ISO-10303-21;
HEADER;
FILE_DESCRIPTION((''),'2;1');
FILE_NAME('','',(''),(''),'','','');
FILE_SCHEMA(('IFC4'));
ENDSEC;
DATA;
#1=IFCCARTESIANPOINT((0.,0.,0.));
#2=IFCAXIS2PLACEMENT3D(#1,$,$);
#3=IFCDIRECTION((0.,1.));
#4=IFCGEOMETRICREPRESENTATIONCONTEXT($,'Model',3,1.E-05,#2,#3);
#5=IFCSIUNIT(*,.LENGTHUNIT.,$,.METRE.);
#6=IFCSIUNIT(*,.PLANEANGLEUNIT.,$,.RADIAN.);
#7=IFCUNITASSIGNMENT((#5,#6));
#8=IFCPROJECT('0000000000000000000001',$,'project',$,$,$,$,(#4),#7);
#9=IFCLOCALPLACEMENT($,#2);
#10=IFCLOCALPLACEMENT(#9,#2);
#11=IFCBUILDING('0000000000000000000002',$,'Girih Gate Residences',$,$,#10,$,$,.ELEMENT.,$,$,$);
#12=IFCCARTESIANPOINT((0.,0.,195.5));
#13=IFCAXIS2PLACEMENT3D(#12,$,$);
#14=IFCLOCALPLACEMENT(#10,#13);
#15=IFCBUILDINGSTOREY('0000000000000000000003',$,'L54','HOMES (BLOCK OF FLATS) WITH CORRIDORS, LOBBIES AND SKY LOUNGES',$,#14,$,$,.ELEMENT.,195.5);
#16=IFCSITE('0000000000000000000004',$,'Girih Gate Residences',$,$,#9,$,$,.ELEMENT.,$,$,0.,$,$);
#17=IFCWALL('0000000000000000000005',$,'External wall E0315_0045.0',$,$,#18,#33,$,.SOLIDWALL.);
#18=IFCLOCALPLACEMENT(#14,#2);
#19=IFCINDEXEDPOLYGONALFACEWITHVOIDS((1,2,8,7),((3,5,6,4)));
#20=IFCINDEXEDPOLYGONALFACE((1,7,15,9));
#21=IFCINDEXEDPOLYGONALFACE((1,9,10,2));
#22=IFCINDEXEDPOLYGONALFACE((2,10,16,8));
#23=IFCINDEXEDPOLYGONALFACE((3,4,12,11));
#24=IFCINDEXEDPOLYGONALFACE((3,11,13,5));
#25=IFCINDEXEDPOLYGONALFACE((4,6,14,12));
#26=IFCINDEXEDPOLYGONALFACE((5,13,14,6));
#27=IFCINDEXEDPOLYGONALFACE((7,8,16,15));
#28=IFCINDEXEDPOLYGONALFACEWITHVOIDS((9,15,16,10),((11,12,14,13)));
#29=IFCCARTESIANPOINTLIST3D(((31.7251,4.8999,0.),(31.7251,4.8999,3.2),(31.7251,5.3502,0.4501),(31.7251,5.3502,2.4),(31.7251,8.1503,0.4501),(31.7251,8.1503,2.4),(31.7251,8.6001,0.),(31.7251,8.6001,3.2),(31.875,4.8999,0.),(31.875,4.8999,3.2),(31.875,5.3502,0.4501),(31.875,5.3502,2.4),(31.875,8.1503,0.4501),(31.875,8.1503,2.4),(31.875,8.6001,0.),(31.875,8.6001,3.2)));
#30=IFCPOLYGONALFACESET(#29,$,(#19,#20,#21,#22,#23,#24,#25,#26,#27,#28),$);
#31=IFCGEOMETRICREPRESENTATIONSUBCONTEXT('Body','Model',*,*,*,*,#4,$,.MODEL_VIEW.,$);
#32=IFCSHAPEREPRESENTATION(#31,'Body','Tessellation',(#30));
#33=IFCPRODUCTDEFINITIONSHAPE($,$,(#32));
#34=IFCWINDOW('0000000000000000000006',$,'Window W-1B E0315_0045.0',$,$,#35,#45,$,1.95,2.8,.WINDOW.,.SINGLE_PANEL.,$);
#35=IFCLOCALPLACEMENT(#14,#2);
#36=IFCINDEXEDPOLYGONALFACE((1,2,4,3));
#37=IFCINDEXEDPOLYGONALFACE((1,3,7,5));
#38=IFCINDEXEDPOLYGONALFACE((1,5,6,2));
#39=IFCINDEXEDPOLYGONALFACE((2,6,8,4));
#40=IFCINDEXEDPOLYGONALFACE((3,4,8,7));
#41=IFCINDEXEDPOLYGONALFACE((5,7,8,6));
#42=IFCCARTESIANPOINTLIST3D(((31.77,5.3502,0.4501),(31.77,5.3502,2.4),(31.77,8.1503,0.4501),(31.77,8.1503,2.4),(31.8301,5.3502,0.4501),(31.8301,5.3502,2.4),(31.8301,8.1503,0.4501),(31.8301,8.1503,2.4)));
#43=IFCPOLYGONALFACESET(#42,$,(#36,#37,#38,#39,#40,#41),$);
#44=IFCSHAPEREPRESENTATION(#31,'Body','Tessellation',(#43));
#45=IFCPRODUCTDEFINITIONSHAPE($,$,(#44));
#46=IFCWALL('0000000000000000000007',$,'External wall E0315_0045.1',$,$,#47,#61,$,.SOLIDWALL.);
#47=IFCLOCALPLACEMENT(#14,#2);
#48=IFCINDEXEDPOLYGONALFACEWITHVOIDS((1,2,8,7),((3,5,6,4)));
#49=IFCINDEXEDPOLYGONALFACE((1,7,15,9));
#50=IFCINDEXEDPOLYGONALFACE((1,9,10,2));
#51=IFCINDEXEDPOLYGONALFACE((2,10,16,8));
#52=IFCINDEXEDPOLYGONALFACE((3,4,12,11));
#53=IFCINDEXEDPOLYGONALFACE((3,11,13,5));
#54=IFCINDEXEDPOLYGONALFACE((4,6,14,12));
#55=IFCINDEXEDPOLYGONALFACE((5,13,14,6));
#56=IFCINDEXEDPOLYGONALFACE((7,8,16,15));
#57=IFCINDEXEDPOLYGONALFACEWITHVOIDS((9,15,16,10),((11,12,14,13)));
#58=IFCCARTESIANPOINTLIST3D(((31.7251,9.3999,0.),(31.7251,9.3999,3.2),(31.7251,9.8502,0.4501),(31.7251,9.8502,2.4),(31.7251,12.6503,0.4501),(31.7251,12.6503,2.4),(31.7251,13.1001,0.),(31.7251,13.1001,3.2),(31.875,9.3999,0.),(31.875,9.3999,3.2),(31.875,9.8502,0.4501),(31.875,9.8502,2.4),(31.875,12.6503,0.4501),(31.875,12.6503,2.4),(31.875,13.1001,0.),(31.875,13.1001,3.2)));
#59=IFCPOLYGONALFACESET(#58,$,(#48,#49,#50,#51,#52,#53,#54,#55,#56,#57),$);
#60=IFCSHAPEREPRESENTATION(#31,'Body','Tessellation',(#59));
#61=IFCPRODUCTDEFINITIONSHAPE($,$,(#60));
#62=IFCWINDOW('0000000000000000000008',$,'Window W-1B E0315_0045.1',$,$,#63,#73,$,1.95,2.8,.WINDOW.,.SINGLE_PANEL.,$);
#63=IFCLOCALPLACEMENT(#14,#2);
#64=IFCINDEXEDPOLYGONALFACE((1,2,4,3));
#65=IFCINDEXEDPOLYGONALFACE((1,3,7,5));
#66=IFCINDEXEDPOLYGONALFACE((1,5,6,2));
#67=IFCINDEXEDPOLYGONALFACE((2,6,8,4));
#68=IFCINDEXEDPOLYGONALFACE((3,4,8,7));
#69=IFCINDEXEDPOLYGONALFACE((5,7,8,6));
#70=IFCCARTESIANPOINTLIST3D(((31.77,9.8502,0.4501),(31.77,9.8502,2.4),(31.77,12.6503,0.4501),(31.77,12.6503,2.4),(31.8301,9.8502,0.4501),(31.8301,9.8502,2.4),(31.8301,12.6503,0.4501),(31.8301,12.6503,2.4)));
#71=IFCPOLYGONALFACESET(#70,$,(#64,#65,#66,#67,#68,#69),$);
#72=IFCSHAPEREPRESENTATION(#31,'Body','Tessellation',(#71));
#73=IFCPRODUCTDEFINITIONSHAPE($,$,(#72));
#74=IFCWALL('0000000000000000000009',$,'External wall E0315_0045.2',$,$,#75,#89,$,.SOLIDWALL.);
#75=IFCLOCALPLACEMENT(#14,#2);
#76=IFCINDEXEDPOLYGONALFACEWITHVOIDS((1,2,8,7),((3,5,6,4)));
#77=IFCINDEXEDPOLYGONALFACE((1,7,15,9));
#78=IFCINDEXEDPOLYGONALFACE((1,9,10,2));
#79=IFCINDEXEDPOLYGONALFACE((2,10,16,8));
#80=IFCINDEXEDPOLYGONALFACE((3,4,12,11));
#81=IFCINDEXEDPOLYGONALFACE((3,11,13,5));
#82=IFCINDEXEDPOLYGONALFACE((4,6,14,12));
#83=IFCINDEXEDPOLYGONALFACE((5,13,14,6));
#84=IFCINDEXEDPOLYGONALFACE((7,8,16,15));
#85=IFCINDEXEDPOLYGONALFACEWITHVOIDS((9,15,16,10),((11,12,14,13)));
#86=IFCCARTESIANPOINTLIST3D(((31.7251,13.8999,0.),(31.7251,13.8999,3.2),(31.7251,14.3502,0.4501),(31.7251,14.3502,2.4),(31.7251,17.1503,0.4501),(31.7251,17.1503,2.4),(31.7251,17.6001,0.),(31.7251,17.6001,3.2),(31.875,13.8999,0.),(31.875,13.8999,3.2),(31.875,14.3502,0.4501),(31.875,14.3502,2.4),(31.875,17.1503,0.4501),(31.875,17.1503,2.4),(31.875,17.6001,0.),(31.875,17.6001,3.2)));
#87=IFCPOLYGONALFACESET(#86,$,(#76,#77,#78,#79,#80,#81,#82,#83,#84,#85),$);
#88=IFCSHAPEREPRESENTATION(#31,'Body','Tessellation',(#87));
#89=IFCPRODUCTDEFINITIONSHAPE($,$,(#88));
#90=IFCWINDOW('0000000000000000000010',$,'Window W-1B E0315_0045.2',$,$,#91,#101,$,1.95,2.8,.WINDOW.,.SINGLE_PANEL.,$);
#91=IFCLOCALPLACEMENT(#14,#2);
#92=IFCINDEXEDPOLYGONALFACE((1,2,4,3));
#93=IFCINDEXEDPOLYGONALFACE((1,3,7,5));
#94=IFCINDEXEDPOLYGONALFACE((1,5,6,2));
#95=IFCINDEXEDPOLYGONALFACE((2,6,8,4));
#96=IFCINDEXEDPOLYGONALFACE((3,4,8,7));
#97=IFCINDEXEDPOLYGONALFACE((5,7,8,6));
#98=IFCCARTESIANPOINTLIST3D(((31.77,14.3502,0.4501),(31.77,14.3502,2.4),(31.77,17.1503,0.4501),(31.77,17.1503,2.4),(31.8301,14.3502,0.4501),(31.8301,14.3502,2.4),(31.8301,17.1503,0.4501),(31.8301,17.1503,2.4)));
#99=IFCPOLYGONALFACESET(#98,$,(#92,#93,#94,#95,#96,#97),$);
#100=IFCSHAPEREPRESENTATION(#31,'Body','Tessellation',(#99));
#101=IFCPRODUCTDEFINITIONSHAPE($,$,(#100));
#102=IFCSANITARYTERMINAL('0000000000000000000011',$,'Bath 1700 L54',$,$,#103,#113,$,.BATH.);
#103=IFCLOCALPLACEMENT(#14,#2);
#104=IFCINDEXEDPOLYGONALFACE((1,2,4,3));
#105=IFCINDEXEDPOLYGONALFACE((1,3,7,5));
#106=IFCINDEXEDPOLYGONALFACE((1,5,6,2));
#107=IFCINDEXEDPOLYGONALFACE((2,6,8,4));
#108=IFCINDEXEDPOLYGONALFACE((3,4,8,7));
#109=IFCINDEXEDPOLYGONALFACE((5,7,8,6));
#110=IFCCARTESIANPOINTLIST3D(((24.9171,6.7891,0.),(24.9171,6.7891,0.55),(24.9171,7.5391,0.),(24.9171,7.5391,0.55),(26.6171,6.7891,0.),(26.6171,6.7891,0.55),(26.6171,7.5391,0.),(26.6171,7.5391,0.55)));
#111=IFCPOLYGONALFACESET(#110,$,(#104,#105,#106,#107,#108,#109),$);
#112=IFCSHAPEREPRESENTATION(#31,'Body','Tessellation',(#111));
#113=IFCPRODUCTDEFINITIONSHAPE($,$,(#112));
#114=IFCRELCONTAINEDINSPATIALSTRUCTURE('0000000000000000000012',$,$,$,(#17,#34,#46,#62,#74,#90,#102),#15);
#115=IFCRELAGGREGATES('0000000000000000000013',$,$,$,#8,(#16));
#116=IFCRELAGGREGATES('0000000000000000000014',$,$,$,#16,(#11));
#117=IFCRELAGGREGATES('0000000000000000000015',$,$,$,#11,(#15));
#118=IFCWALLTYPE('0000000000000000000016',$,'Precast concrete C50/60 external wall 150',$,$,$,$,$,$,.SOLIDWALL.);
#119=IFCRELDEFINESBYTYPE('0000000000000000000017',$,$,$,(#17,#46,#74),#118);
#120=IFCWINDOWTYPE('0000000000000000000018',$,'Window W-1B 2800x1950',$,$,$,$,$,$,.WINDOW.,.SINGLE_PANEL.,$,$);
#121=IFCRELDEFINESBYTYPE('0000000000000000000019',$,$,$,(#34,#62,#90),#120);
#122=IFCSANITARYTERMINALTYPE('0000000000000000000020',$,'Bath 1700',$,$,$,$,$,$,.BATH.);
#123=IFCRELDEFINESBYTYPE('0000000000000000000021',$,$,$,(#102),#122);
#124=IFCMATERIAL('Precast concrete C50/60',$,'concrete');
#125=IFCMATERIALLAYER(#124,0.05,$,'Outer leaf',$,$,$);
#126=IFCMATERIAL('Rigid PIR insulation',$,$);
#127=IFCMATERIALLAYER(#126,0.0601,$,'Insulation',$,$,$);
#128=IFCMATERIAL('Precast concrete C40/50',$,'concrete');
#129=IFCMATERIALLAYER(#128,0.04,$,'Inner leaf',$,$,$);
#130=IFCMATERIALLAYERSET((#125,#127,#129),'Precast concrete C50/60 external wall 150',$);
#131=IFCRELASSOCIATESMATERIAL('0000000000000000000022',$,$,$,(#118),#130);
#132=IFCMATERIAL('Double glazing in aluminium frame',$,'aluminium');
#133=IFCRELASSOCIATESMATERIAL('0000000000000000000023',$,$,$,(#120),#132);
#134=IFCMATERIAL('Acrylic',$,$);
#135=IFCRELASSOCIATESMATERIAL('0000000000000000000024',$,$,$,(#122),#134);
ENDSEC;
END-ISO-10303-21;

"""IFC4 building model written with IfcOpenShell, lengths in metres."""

from ifc_helpers import new_model, si_unit, direction, frame, frame_2d, origin, origin_2d, place, context, subcontext, project, spatial, rectangle, extrude, material, layer, layer_set, type_object, element, fill, save


model = new_model("IFC4")

# Units and contexts
model_context = context("Model", 3, precision=1e-05, world=origin(), true_north=direction((0.0, 1.0)))
body_context = subcontext(model_context, "Body", "Model", "MODEL_VIEW")
ifc_project = project(units=[si_unit("LENGTHUNIT", "METRE"), si_unit("PLANEANGLEUNIT", "RADIAN")], contexts=[model_context])

# Site, building, storey
site_placement = place(None, origin())
site = spatial("IfcSite", under=ifc_project, at=site_placement, Name="Girih Gate Residences", CompositionType="ELEMENT", RefElevation=0.0)
building_placement = place(site_placement, origin())
building = spatial("IfcBuilding", under=site, at=building_placement, Name="Girih Gate Residences", CompositionType="ELEMENT")
storey_placement = place(building_placement, frame((0.0, 0.0, 195.5)))
storey = spatial("IfcBuildingStorey", under=building, at=storey_placement, Name="L54", Description="HOMES (BLOCK OF FLATS) WITH CORRIDORS, LOBBIES AND SKY LOUNGES", CompositionType="ELEMENT", Elevation=195.5)

# Walls, openings, windows
ifc_material_1 = material(Name="Precast concrete C50/60", Category="concrete")
ifc_layer_1 = layer(ifc_material_1, 0.05, Name="Outer leaf")
ifc_material_2 = material(Name="Rigid PIR insulation")
ifc_layer_2 = layer(ifc_material_2, 0.0601, Name="Insulation")
ifc_material_3 = material(Name="Precast concrete C40/50", Category="concrete")
ifc_layer_3 = layer(ifc_material_3, 0.04, Name="Inner leaf")
ifc_layer_set_1 = layer_set([ifc_layer_1, ifc_layer_2, ifc_layer_3], Name="Precast concrete C50/60 external wall 150")
wall_type_1 = type_object("IfcWallType", Name="Precast concrete C50/60 external wall 150", PredefinedType="SOLIDWALL", material=ifc_layer_set_1)
wall_1_placement = place(storey_placement, frame((31.8, 8.6001, 0.0), z_axis=(0.0, 0.0, 1.0), x_axis=(0.0, -1.0, 0.0)))
wall_1 = element("IfcWall", 1, at=wall_1_placement, inside=storey, type_object=wall_type_1, Name="External wall E0315_0045.0", PredefinedType="SOLIDWALL", context=body_context, shape_type="SweptSolid", body=[
    extrude(rectangle(XDim=3.7002, YDim=0.1499, at=frame_2d((1.8501, 0.0))), origin(), (0.0, 0.0, 1.0), 3.2),
])
opening_1_placement = place(wall_1_placement, frame((0.45, 0.0, 0.45)))
opening_1 = element("IfcOpeningElement", 2, at=opening_1_placement, cuts=wall_1, PredefinedType="OPENING", context=body_context, shape_type="SweptSolid", body=[
    extrude(rectangle(XDim=2.8, YDim=1.95, at=frame_2d((1.3999, 0.9751))), frame((0.0, 0.085, 0.0), z_axis=(0.0, -1.0, 0.0), x_axis=(1.0, 0.0, 0.0)), (0.0, 0.0, 1.0), 0.1699),
])
ifc_material_4 = material(Name="Double glazing in aluminium frame", Category="aluminium")
window_type = type_object("IfcWindowType", Name="Window W-1B 2800x1950", PartitioningType="SINGLE_PANEL", PredefinedType="WINDOW", material=ifc_material_4)
window_1_placement = place(opening_1_placement, origin())
window_1 = element("IfcWindow", 3, at=window_1_placement, inside=storey, type_object=window_type, Name="Window W-1B E0315_0045.0", OverallHeight=1.95, OverallWidth=2.8, PartitioningType="SINGLE_PANEL", PredefinedType="WINDOW", context=body_context, shape_type="SweptSolid", body=[
    extrude(rectangle(XDim=2.8, YDim=1.95, at=frame_2d((1.3999, 0.9751))), frame((0.0, 0.03, 0.0), z_axis=(0.0, -1.0, 0.0), x_axis=(1.0, 0.0, 0.0)), (0.0, 0.0, 1.0), 0.0601),
])
fill(opening_1, window_1)
wall_2_placement = place(storey_placement, frame((31.8, 13.1001, 0.0), z_axis=(0.0, 0.0, 1.0), x_axis=(0.0, -1.0, 0.0)))
wall_2 = element("IfcWall", 4, at=wall_2_placement, inside=storey, type_object=wall_type_1, Name="External wall E0315_0045.1", PredefinedType="SOLIDWALL", context=body_context, shape_type="SweptSolid", body=[
    extrude(rectangle(XDim=3.7002, YDim=0.1499, at=frame_2d((1.8501, 0.0))), origin(), (0.0, 0.0, 1.0), 3.2),
])
opening_2_placement = place(wall_2_placement, frame((0.45, 0.0, 0.45)))
opening_2 = element("IfcOpeningElement", 5, at=opening_2_placement, cuts=wall_2, PredefinedType="OPENING", context=body_context, shape_type="SweptSolid", body=[
    extrude(rectangle(XDim=2.8, YDim=1.95, at=frame_2d((1.3999, 0.9751))), frame((0.0, 0.085, 0.0), z_axis=(0.0, -1.0, 0.0), x_axis=(1.0, 0.0, 0.0)), (0.0, 0.0, 1.0), 0.1699),
])
window_2_placement = place(opening_2_placement, origin())
window_2 = element("IfcWindow", 6, at=window_2_placement, inside=storey, type_object=window_type, Name="Window W-1B E0315_0045.1", OverallHeight=1.95, OverallWidth=2.8, PartitioningType="SINGLE_PANEL", PredefinedType="WINDOW", context=body_context, shape_type="SweptSolid", body=[
    extrude(rectangle(XDim=2.8, YDim=1.95, at=frame_2d((1.3999, 0.9751))), frame((0.0, 0.03, 0.0), z_axis=(0.0, -1.0, 0.0), x_axis=(1.0, 0.0, 0.0)), (0.0, 0.0, 1.0), 0.0601),
])
fill(opening_2, window_2)
wall_3_placement = place(storey_placement, frame((31.8, 17.6001, 0.0), z_axis=(0.0, 0.0, 1.0), x_axis=(0.0, -1.0, 0.0)))
wall_3 = element("IfcWall", 7, at=wall_3_placement, inside=storey, type_object=wall_type_1, Name="External wall E0315_0045.2", PredefinedType="SOLIDWALL", context=body_context, shape_type="SweptSolid", body=[
    extrude(rectangle(XDim=3.7002, YDim=0.1499, at=frame_2d((1.8501, 0.0))), origin(), (0.0, 0.0, 1.0), 3.2),
])
opening_3_placement = place(wall_3_placement, frame((0.45, 0.0, 0.45)))
opening_3 = element("IfcOpeningElement", 8, at=opening_3_placement, cuts=wall_3, PredefinedType="OPENING", context=body_context, shape_type="SweptSolid", body=[
    extrude(rectangle(XDim=2.8, YDim=1.95, at=frame_2d((1.3999, 0.9751))), frame((0.0, 0.085, 0.0), z_axis=(0.0, -1.0, 0.0), x_axis=(1.0, 0.0, 0.0)), (0.0, 0.0, 1.0), 0.1699),
])
window_3_placement = place(opening_3_placement, origin())
window_3 = element("IfcWindow", 9, at=window_3_placement, inside=storey, type_object=window_type, Name="Window W-1B E0315_0045.2", OverallHeight=1.95, OverallWidth=2.8, PartitioningType="SINGLE_PANEL", PredefinedType="WINDOW", context=body_context, shape_type="SweptSolid", body=[
    extrude(rectangle(XDim=2.8, YDim=1.95, at=frame_2d((1.3999, 0.9751))), frame((0.0, 0.03, 0.0), z_axis=(0.0, -1.0, 0.0), x_axis=(1.0, 0.0, 0.0)), (0.0, 0.0, 1.0), 0.0601),
])
fill(opening_3, window_3)

# Sanitary terminal
ifc_material_5 = material(Name="Acrylic")
sanitary_terminal_type = type_object("IfcSanitaryTerminalType", Name="Bath 1700", PredefinedType="BATH", material=ifc_material_5)
sanitary_terminal_placement = place(storey_placement, frame((25.7671, 7.1641, 0.0), z_axis=(0.0, 0.0, 1.0), x_axis=(1.0, 0.0, 0.0)))
element("IfcSanitaryTerminal", 10, at=sanitary_terminal_placement, inside=storey, type_object=sanitary_terminal_type, Name="Bath 1700 L54", PredefinedType="BATH", context=body_context, shape_type="SweptSolid", body=[
    extrude(rectangle(XDim=1.7, YDim=0.75, at=origin_2d()), origin(), (0.0, 0.0, 1.0), 0.55),
])

save(model, "model.ifc")
